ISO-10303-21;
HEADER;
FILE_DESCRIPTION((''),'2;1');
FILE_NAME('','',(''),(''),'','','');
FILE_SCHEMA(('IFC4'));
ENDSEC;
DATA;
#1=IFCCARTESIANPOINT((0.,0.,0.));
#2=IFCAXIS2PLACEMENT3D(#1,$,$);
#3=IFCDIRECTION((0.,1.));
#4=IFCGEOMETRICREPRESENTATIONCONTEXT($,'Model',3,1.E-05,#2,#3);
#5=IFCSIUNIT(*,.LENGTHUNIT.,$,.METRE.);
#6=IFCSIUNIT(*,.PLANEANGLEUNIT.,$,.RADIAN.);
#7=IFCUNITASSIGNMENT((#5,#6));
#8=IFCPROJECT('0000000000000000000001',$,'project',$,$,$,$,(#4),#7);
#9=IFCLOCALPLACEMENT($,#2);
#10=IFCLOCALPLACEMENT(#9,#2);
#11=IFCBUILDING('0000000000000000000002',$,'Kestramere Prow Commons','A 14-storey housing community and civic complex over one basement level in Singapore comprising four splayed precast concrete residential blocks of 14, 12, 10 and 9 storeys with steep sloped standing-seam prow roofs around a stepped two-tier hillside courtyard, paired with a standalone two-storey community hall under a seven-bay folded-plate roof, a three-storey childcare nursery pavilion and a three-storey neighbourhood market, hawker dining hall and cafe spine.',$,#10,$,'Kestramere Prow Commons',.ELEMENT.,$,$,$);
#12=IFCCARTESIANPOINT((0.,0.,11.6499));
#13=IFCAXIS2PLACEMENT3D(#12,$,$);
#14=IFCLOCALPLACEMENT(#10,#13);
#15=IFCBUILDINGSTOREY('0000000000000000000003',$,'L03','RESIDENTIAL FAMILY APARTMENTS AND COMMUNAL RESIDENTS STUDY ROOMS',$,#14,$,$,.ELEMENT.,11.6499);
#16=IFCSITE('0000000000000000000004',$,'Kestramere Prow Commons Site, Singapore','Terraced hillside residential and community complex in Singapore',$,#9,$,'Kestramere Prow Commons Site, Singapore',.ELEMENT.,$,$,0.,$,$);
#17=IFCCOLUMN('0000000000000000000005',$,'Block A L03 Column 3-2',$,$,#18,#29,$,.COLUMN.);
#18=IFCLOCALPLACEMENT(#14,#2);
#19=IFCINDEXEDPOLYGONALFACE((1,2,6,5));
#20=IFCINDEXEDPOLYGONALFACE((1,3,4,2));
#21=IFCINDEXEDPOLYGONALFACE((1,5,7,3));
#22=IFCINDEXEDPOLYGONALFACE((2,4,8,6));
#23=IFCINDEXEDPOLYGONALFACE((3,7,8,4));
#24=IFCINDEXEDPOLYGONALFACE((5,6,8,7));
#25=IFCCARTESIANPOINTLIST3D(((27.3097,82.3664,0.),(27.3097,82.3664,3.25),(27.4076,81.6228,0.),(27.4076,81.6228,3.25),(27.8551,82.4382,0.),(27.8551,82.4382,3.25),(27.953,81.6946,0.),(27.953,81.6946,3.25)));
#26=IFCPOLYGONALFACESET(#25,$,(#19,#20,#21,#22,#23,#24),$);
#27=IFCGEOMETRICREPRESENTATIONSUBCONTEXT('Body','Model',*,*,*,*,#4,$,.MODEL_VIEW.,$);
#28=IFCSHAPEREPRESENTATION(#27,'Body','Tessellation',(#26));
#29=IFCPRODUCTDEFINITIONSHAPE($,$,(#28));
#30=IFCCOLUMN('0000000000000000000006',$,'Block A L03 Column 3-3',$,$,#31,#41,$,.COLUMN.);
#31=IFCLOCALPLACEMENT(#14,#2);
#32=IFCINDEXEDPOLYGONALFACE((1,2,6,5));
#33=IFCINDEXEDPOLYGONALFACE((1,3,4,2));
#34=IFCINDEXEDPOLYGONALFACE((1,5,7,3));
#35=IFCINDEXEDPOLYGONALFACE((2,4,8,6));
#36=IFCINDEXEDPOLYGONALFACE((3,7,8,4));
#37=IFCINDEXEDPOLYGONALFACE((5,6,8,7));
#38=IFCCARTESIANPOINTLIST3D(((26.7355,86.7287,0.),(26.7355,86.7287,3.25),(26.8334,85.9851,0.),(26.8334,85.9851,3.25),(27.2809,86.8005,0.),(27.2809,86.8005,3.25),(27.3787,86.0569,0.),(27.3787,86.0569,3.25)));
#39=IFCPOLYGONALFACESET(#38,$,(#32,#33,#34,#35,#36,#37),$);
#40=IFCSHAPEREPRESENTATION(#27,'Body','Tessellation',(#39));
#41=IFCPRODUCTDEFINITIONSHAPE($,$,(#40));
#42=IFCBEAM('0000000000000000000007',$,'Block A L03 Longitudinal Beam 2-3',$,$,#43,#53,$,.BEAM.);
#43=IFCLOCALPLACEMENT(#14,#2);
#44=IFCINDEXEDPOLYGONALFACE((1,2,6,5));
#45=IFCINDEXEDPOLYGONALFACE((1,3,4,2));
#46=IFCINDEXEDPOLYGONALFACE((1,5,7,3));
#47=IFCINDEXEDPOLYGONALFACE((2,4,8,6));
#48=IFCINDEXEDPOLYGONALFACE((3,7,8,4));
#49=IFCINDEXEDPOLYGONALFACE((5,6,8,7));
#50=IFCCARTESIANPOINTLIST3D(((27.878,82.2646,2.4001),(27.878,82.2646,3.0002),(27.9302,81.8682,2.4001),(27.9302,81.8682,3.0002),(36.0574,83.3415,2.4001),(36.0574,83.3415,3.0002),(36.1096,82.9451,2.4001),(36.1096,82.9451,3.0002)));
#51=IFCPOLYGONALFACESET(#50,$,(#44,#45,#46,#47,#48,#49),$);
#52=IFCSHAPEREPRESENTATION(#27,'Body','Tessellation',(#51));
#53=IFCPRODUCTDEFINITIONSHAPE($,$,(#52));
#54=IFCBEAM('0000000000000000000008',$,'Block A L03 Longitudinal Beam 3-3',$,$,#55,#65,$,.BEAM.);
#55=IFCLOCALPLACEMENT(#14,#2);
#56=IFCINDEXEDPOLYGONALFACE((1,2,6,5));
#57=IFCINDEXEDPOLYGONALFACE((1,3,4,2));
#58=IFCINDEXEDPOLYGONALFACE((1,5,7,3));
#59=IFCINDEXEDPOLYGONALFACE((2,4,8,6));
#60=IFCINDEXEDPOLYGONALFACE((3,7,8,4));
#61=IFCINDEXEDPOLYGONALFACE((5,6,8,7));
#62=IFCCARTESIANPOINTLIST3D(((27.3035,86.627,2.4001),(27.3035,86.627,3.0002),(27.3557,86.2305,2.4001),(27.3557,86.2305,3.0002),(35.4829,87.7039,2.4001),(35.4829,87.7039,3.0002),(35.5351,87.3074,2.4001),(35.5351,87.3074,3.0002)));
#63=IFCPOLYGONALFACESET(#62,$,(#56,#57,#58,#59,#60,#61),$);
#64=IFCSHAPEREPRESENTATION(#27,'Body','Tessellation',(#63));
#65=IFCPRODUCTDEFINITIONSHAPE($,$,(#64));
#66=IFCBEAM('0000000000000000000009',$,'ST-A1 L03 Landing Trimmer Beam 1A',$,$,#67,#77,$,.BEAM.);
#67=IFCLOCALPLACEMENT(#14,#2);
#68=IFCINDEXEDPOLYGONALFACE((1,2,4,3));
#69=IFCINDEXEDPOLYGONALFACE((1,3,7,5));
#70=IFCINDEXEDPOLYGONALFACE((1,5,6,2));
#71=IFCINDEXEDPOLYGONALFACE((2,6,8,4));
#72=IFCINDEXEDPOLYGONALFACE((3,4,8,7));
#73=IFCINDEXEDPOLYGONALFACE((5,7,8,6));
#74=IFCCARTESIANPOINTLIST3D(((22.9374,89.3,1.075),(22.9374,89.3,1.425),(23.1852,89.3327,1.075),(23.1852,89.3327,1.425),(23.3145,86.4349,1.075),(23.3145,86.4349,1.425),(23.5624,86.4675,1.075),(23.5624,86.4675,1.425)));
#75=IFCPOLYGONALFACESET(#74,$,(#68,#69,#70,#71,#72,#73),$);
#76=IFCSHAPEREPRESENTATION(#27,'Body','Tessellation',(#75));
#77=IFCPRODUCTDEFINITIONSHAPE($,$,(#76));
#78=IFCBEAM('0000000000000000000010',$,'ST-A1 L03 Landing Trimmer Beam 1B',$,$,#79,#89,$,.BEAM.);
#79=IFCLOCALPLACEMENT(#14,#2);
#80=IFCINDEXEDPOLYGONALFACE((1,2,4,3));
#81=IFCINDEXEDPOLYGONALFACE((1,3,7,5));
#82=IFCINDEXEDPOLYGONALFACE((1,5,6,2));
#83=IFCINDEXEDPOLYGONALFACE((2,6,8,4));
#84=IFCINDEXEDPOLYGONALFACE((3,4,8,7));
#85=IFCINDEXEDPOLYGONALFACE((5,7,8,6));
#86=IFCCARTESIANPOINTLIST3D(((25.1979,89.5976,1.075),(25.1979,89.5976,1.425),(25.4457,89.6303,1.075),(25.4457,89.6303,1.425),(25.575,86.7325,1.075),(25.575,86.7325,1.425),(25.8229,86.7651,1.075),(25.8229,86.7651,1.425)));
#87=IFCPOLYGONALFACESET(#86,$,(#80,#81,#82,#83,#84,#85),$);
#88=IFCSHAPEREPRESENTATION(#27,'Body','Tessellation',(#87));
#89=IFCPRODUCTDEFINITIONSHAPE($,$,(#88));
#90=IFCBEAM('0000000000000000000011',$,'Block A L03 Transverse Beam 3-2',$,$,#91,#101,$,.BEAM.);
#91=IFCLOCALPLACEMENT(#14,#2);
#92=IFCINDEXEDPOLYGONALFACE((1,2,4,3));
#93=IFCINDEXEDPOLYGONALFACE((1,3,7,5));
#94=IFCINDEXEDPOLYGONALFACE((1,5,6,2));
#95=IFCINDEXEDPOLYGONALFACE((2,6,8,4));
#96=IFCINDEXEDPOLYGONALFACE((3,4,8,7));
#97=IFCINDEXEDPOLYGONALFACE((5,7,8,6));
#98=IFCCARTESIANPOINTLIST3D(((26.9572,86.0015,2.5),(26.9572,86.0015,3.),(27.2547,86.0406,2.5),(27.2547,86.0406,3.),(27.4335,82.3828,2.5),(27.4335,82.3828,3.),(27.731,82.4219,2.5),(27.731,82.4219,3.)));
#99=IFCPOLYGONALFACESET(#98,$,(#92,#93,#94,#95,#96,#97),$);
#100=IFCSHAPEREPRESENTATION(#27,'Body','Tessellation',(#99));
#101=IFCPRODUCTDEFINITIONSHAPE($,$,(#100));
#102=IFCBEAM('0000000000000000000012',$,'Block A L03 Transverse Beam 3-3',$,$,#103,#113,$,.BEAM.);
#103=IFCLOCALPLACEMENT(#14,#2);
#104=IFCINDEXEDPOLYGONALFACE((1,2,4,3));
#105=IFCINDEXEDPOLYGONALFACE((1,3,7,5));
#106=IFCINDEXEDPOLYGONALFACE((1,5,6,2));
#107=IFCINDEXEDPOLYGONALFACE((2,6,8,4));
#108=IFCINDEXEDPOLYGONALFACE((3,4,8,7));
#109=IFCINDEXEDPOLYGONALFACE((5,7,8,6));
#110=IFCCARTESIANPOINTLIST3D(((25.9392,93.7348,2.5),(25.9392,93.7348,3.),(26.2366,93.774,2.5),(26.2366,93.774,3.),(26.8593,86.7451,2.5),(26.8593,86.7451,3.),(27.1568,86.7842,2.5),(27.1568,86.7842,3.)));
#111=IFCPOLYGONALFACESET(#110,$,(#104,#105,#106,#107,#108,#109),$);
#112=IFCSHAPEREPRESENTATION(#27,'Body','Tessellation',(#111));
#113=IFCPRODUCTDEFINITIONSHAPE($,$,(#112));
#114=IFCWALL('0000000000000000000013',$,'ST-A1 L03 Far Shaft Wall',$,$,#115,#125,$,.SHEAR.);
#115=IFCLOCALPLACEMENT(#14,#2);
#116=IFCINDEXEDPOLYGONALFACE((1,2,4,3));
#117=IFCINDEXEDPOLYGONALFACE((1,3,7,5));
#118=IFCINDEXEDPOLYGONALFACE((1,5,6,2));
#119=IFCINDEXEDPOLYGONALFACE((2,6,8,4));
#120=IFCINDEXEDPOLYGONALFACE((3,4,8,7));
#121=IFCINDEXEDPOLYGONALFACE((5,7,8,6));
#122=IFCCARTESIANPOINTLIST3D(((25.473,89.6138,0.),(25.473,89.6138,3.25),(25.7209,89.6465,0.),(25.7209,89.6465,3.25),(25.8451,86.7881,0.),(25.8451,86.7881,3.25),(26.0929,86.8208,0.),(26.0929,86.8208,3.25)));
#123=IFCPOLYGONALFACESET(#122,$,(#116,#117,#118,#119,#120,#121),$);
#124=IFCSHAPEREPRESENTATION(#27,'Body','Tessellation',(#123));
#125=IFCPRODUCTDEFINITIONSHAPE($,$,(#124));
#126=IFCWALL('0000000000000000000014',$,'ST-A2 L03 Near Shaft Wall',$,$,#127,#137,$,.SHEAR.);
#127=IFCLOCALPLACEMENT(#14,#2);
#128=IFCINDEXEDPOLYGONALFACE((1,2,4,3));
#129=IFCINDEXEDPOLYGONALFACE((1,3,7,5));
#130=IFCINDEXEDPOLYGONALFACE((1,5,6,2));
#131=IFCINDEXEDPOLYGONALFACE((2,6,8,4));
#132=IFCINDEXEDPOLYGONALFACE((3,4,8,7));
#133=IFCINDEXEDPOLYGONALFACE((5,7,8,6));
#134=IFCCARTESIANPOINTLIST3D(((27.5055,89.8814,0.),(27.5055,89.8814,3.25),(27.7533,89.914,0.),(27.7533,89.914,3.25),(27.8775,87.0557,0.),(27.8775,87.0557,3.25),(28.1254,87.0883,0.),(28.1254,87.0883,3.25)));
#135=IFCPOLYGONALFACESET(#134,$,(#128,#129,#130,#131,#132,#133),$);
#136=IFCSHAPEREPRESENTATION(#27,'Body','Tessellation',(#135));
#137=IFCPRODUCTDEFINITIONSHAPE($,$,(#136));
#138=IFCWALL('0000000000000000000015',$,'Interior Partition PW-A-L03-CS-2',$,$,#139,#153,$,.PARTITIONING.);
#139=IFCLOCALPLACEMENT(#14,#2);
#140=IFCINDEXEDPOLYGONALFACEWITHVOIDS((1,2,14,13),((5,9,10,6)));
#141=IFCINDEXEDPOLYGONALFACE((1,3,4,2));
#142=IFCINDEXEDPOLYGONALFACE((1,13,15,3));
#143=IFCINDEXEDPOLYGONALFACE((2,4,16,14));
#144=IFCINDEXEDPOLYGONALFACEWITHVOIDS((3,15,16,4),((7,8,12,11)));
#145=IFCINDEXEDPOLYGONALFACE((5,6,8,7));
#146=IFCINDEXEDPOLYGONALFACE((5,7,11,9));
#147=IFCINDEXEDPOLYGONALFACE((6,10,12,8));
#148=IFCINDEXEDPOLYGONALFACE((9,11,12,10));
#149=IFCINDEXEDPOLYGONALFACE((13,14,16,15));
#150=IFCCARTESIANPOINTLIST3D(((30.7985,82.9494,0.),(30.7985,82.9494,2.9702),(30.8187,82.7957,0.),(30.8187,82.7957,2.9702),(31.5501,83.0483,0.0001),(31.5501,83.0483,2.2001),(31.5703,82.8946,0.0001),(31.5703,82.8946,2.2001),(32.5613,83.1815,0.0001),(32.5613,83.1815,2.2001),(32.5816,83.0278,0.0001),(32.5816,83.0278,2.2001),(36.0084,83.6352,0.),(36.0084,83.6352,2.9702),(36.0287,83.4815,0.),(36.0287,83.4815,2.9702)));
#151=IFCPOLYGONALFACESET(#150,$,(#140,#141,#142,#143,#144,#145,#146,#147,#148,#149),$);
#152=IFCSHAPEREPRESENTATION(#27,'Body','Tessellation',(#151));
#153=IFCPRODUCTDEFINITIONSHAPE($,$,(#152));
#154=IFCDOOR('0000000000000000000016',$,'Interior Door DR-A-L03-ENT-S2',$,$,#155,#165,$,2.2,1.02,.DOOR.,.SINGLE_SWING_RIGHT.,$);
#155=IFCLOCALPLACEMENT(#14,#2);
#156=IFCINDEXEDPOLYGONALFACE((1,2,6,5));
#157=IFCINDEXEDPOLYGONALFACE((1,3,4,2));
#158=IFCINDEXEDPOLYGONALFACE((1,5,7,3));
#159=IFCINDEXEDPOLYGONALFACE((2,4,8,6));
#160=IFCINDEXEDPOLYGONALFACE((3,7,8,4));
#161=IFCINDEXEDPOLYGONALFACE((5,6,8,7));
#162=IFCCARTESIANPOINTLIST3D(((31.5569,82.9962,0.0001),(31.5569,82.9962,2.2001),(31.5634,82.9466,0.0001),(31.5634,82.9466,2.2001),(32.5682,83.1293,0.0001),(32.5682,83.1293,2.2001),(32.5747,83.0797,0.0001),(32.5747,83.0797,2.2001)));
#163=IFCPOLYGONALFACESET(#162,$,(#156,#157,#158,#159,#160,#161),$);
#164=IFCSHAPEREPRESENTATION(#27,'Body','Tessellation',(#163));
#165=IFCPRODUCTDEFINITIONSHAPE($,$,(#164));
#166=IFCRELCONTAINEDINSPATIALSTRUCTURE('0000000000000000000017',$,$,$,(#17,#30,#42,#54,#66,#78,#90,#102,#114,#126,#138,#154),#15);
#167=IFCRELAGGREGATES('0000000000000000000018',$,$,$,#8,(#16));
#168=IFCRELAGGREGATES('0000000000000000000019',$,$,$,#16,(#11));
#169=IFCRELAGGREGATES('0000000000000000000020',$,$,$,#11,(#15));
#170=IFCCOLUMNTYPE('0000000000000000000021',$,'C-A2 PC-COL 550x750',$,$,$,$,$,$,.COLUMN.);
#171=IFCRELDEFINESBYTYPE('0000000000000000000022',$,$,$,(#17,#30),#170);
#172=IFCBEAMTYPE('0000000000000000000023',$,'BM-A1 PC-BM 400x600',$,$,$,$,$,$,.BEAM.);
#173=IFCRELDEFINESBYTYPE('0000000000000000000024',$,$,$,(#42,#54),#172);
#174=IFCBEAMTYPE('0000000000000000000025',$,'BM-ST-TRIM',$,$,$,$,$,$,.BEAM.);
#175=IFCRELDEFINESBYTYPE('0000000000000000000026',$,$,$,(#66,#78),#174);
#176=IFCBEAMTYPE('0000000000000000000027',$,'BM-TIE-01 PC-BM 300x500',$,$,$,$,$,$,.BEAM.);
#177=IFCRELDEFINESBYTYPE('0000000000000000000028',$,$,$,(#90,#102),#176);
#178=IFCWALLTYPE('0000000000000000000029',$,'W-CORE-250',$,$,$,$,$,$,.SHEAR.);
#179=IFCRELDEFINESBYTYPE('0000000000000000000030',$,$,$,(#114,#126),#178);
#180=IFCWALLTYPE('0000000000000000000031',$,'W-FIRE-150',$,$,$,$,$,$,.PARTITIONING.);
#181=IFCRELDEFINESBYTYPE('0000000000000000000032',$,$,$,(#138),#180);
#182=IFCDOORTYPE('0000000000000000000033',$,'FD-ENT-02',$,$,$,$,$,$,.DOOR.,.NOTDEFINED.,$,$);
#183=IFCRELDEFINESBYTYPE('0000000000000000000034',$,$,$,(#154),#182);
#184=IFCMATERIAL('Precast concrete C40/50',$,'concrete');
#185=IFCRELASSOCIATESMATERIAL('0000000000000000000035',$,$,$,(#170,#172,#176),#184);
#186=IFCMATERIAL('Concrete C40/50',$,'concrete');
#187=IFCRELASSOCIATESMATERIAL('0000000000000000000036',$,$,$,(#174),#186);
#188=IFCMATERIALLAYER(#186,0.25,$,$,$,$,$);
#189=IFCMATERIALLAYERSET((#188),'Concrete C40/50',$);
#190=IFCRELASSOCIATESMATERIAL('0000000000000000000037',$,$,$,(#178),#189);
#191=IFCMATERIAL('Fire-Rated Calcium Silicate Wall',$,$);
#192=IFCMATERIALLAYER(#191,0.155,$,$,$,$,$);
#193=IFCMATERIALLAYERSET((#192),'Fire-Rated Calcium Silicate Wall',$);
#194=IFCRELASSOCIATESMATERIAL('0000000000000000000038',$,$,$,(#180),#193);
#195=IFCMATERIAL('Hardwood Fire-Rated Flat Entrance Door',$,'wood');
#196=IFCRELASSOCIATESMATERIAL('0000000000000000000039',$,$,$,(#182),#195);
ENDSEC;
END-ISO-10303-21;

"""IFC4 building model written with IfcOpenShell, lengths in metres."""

from ifc_helpers import new_model, si_unit, direction, frame, frame_2d, origin, origin_2d, place, context, subcontext, project, spatial, rectangle, extrude, material, layer, layer_set, material_profile, profile_set, type_object, element, fill, save


model = new_model("IFC4")

# Units and contexts
model_context = context("Model", 3, precision=1e-05, world=origin(), true_north=direction((0.0, 1.0)))
body_context = subcontext(model_context, "Body", "Model", "MODEL_VIEW")
ifc_project = project(units=[si_unit("LENGTHUNIT", "METRE"), si_unit("PLANEANGLEUNIT", "RADIAN")], contexts=[model_context])

# Site, building, storey
site_placement = place(None, origin())
site = spatial("IfcSite", under=ifc_project, at=site_placement, Name="Kestramere Prow Commons Site, Singapore", Description="Terraced hillside residential and community complex in Singapore", LongName="Kestramere Prow Commons Site, Singapore", CompositionType="ELEMENT", RefElevation=0.0)
building_placement = place(site_placement, origin())
building = spatial("IfcBuilding", under=site, at=building_placement, Name="Kestramere Prow Commons", Description="A 14-storey housing community and civic complex over one basement level in Singapore comprising four splayed precast concrete residential blocks of 14, 12, 10 and 9 storeys with steep sloped standing-seam prow roofs around a stepped two-tier hillside courtyard, paired with a standalone two-storey community hall under a seven-bay folded-plate roof, a three-storey childcare nursery pavilion and a three-storey neighbourhood market, hawker dining hall and cafe spine.", LongName="Kestramere Prow Commons", CompositionType="ELEMENT")
storey_placement = place(building_placement, frame((0.0, 0.0, 11.6499)))
storey = spatial("IfcBuildingStorey", under=building, at=storey_placement, Name="L03", Description="RESIDENTIAL FAMILY APARTMENTS AND COMMUNAL RESIDENTS STUDY ROOMS", CompositionType="ELEMENT", Elevation=11.6499)

# Columns
ifc_material_1 = material(Name="Precast concrete C40/50", Category="concrete")
ifc_material_profile_1 = material_profile(ifc_material_1, rectangle(XDim=0.55, YDim=0.75, at=origin_2d()), Name="PC-COL 550x750")
ifc_profile_set_1 = profile_set([ifc_material_profile_1], Name="Precast concrete C40/50")
column_type = type_object("IfcColumnType", Name="C-A2 PC-COL 550x750", PredefinedType="COLUMN", material=ifc_profile_set_1)
for number, where, z_axis, x_axis, name in (
    (1, (27.6313, 82.0305, 0.0), (0.0, 0.0, 1.0), (0.991445, 0.130526, 0.0), "Block A L03 Column 3-2"),
    (2, (27.0571, 86.3928, 0.0), (0.0, 0.0, 1.0), (0.991445, 0.130526, 0.0), "Block A L03 Column 3-3"),
):
    element("IfcColumn", number, at=place(storey_placement, frame(where, z_axis=z_axis, x_axis=x_axis)), inside=storey, type_object=column_type, Name=name, PredefinedType="COLUMN", context=body_context, shape_type="SweptSolid", body=[
        extrude(rectangle(XDim=0.55, YDim=0.75, at=origin_2d()), origin(), (0.0, 0.0, 1.0), 3.25),
    ])

# Beams
ifc_material_profile_2 = material_profile(ifc_material_1, rectangle(XDim=0.3999, YDim=0.6001, at=origin_2d()), Name="PC-BM 400x600")
ifc_profile_set_2 = profile_set([ifc_material_profile_2], Name="Precast concrete C40/50")
beam_type_1 = type_object("IfcBeamType", Name="BM-A1 PC-BM 400x600", PredefinedType="BEAM", material=ifc_profile_set_2)
for number, where, z_axis, x_axis, name in (
    (3, (27.9041, 82.0664, 2.7002), (0.991444, 0.130533, 0.0), (-0.130533, 0.991444, 0.0), "Block A L03 Longitudinal Beam 2-3"),
    (4, (27.3296, 86.4287, 2.7002), (0.991444, 0.130533, 0.0), (-0.130533, 0.991444, 0.0), "Block A L03 Longitudinal Beam 3-3"),
):
    element("IfcBeam", number, at=place(storey_placement, frame(where, z_axis=z_axis, x_axis=x_axis)), inside=storey, type_object=beam_type_1, Name=name, PredefinedType="BEAM", context=body_context, shape_type="SweptSolid", body=[
        extrude(rectangle(XDim=0.3999, YDim=0.6001, at=origin_2d()), origin(), (0.0, 0.0, 1.0), 8.25),
    ])
ifc_material_2 = material(Name="Concrete C40/50", Category="concrete")
ifc_material_profile_3 = material_profile(ifc_material_2, rectangle(XDim=0.25, YDim=0.3501, at=origin_2d()), Name="PC-BM 250x350")
ifc_profile_set_3 = profile_set([ifc_material_profile_3], Name="Concrete C40/50")
beam_type_2 = type_object("IfcBeamType", Name="BM-ST-TRIM", PredefinedType="BEAM", material=ifc_profile_set_3)
for number, where, z_axis, x_axis, name in (
    (5, (23.4385, 86.4512, 1.25), (-0.13052, 0.991446, 0.0), (-0.991446, -0.13052, 0.0), "ST-A1 L03 Landing Trimmer Beam 1A"),
    (6, (25.699, 86.7488, 1.25), (-0.13052, 0.991446, 0.0), (-0.991446, -0.13052, 0.0), "ST-A1 L03 Landing Trimmer Beam 1B"),
):
    element("IfcBeam", number, at=place(storey_placement, frame(where, z_axis=z_axis, x_axis=x_axis)), inside=storey, type_object=beam_type_2, Name=name, PredefinedType="BEAM", context=body_context, shape_type="SweptSolid", body=[
        extrude(rectangle(XDim=0.25, YDim=0.3501, at=origin_2d()), origin(), (0.0, 0.0, 1.0), 2.8899),
    ])
ifc_material_profile_4 = material_profile(ifc_material_1, rectangle(XDim=0.3, YDim=0.5, at=origin_2d()), Name="PC-BM 300x500")
ifc_profile_set_4 = profile_set([ifc_material_profile_4], Name="Precast concrete C40/50")
beam_type_3 = type_object("IfcBeamType", Name="BM-TIE-01 PC-BM 300x500", PredefinedType="BEAM", material=ifc_profile_set_4)
beam_1_placement = place(storey_placement, frame((27.5823, 82.4023, 2.75), z_axis=(-0.130503, 0.991448, 0.0), x_axis=(-0.991448, -0.130503, 0.0)))
element("IfcBeam", 7, at=beam_1_placement, inside=storey, type_object=beam_type_3, Name="Block A L03 Transverse Beam 3-2", PredefinedType="BEAM", context=body_context, shape_type="SweptSolid", body=[
    extrude(rectangle(XDim=0.3, YDim=0.5, at=origin_2d()), origin(), (0.0, 0.0, 1.0), 3.6499),
])
beam_2_placement = place(storey_placement, frame((27.0081, 86.7646, 2.75), z_axis=(-0.130519, 0.991446, 0.0), x_axis=(-0.991446, -0.130519, 0.0)))
element("IfcBeam", 8, at=beam_2_placement, inside=storey, type_object=beam_type_3, Name="Block A L03 Transverse Beam 3-3", PredefinedType="BEAM", context=body_context, shape_type="SweptSolid", body=[
    extrude(rectangle(XDim=0.3, YDim=0.5, at=origin_2d()), origin(), (0.0, 0.0, 1.0), 7.05),
])

# Wall
ifc_layer_1 = layer(ifc_material_2, 0.25)
ifc_layer_set_1 = layer_set([ifc_layer_1], Name="Concrete C40/50")
wall_type_1 = type_object("IfcWallType", Name="W-CORE-250", PredefinedType="SHEAR", material=ifc_layer_set_1)
wall_1_placement = place(storey_placement, frame((25.969, 86.8044, 0.0), z_axis=(0.0, 0.0, 1.0), x_axis=(-0.130548, 0.991442, 0.0)))
element("IfcWall", 9, at=wall_1_placement, inside=storey, type_object=wall_type_1, Name="ST-A1 L03 Far Shaft Wall", PredefinedType="SHEAR", context=body_context, shape_type="SweptSolid", body=[
    extrude(rectangle(XDim=2.8501, YDim=0.25, at=frame_2d((1.425, 0.0))), origin(), (0.0, 0.0, 1.0), 3.25),
])

# Wall
wall_2_placement = place(storey_placement, frame((28.0015, 87.072, 0.0), z_axis=(0.0, 0.0, 1.0), x_axis=(-0.130548, 0.991442, 0.0)))
element("IfcWall", 10, at=wall_2_placement, inside=storey, type_object=wall_type_1, Name="ST-A2 L03 Near Shaft Wall", PredefinedType="SHEAR", context=body_context, shape_type="SweptSolid", body=[
    extrude(rectangle(XDim=2.8501, YDim=0.25, at=frame_2d((1.425, 0.0))), origin(), (0.0, 0.0, 1.0), 3.25),
])

# Wall, opening, door
ifc_material_3 = material(Name="Fire-Rated Calcium Silicate Wall")
ifc_layer_2 = layer(ifc_material_3, 0.155)
ifc_layer_set_2 = layer_set([ifc_layer_2], Name="Fire-Rated Calcium Silicate Wall")
wall_type_2 = type_object("IfcWallType", Name="W-FIRE-150", PredefinedType="PARTITIONING", material=ifc_layer_set_2)
wall_3_placement = place(storey_placement, frame((30.8086, 82.8726, 0.0), z_axis=(0.0, 0.0, 1.0), x_axis=(0.991448, 0.130505, 0.0)))
wall_3 = element("IfcWall", 11, at=wall_3_placement, inside=storey, type_object=wall_type_2, Name="Interior Partition PW-A-L03-CS-2", PredefinedType="PARTITIONING", context=body_context, shape_type="SweptSolid", body=[
    extrude(rectangle(XDim=5.2549, YDim=0.155, at=frame_2d((2.6274, 0.0))), origin(), (0.0, 0.0, 1.0), 2.9702),
])
opening_1_placement = place(wall_3_placement, frame((0.7581, 0.0, 0.0)))
opening_1 = element("IfcOpeningElement", 12, at=opening_1_placement, cuts=wall_3, PredefinedType="OPENING", context=body_context, shape_type="SweptSolid", body=[
    extrude(rectangle(XDim=1.02, YDim=2.2, at=frame_2d((0.51, 1.1001))), frame((0.0, 0.0925, 0.0), z_axis=(0.0, -1.0, 0.0), x_axis=(1.0, 0.0, 0.0)), (0.0, 0.0, 1.0), 0.1851),
])
ifc_material_4 = material(Name="Hardwood Fire-Rated Flat Entrance Door", Category="wood")
door_type_1 = type_object("IfcDoorType", Name="FD-ENT-02", OperationType="NOTDEFINED", PredefinedType="DOOR", material=ifc_material_4)
door_1_placement = place(opening_1_placement, origin())
door_1 = element("IfcDoor", 13, at=door_1_placement, inside=storey, type_object=door_type_1, Name="Interior Door DR-A-L03-ENT-S2", OperationType="SINGLE_SWING_RIGHT", OverallHeight=2.2, OverallWidth=1.02, PredefinedType="DOOR", context=body_context, shape_type="SweptSolid", body=[
    extrude(rectangle(XDim=1.02, YDim=2.2, at=frame_2d((0.51, 1.1001))), frame((0.0, 0.0249, 0.0), z_axis=(0.0, -1.0, 0.0), x_axis=(1.0, 0.0, 0.0)), (0.0, 0.0, 1.0), 0.05),
])
fill(opening_1, door_1)

save(model, "model.ifc")
